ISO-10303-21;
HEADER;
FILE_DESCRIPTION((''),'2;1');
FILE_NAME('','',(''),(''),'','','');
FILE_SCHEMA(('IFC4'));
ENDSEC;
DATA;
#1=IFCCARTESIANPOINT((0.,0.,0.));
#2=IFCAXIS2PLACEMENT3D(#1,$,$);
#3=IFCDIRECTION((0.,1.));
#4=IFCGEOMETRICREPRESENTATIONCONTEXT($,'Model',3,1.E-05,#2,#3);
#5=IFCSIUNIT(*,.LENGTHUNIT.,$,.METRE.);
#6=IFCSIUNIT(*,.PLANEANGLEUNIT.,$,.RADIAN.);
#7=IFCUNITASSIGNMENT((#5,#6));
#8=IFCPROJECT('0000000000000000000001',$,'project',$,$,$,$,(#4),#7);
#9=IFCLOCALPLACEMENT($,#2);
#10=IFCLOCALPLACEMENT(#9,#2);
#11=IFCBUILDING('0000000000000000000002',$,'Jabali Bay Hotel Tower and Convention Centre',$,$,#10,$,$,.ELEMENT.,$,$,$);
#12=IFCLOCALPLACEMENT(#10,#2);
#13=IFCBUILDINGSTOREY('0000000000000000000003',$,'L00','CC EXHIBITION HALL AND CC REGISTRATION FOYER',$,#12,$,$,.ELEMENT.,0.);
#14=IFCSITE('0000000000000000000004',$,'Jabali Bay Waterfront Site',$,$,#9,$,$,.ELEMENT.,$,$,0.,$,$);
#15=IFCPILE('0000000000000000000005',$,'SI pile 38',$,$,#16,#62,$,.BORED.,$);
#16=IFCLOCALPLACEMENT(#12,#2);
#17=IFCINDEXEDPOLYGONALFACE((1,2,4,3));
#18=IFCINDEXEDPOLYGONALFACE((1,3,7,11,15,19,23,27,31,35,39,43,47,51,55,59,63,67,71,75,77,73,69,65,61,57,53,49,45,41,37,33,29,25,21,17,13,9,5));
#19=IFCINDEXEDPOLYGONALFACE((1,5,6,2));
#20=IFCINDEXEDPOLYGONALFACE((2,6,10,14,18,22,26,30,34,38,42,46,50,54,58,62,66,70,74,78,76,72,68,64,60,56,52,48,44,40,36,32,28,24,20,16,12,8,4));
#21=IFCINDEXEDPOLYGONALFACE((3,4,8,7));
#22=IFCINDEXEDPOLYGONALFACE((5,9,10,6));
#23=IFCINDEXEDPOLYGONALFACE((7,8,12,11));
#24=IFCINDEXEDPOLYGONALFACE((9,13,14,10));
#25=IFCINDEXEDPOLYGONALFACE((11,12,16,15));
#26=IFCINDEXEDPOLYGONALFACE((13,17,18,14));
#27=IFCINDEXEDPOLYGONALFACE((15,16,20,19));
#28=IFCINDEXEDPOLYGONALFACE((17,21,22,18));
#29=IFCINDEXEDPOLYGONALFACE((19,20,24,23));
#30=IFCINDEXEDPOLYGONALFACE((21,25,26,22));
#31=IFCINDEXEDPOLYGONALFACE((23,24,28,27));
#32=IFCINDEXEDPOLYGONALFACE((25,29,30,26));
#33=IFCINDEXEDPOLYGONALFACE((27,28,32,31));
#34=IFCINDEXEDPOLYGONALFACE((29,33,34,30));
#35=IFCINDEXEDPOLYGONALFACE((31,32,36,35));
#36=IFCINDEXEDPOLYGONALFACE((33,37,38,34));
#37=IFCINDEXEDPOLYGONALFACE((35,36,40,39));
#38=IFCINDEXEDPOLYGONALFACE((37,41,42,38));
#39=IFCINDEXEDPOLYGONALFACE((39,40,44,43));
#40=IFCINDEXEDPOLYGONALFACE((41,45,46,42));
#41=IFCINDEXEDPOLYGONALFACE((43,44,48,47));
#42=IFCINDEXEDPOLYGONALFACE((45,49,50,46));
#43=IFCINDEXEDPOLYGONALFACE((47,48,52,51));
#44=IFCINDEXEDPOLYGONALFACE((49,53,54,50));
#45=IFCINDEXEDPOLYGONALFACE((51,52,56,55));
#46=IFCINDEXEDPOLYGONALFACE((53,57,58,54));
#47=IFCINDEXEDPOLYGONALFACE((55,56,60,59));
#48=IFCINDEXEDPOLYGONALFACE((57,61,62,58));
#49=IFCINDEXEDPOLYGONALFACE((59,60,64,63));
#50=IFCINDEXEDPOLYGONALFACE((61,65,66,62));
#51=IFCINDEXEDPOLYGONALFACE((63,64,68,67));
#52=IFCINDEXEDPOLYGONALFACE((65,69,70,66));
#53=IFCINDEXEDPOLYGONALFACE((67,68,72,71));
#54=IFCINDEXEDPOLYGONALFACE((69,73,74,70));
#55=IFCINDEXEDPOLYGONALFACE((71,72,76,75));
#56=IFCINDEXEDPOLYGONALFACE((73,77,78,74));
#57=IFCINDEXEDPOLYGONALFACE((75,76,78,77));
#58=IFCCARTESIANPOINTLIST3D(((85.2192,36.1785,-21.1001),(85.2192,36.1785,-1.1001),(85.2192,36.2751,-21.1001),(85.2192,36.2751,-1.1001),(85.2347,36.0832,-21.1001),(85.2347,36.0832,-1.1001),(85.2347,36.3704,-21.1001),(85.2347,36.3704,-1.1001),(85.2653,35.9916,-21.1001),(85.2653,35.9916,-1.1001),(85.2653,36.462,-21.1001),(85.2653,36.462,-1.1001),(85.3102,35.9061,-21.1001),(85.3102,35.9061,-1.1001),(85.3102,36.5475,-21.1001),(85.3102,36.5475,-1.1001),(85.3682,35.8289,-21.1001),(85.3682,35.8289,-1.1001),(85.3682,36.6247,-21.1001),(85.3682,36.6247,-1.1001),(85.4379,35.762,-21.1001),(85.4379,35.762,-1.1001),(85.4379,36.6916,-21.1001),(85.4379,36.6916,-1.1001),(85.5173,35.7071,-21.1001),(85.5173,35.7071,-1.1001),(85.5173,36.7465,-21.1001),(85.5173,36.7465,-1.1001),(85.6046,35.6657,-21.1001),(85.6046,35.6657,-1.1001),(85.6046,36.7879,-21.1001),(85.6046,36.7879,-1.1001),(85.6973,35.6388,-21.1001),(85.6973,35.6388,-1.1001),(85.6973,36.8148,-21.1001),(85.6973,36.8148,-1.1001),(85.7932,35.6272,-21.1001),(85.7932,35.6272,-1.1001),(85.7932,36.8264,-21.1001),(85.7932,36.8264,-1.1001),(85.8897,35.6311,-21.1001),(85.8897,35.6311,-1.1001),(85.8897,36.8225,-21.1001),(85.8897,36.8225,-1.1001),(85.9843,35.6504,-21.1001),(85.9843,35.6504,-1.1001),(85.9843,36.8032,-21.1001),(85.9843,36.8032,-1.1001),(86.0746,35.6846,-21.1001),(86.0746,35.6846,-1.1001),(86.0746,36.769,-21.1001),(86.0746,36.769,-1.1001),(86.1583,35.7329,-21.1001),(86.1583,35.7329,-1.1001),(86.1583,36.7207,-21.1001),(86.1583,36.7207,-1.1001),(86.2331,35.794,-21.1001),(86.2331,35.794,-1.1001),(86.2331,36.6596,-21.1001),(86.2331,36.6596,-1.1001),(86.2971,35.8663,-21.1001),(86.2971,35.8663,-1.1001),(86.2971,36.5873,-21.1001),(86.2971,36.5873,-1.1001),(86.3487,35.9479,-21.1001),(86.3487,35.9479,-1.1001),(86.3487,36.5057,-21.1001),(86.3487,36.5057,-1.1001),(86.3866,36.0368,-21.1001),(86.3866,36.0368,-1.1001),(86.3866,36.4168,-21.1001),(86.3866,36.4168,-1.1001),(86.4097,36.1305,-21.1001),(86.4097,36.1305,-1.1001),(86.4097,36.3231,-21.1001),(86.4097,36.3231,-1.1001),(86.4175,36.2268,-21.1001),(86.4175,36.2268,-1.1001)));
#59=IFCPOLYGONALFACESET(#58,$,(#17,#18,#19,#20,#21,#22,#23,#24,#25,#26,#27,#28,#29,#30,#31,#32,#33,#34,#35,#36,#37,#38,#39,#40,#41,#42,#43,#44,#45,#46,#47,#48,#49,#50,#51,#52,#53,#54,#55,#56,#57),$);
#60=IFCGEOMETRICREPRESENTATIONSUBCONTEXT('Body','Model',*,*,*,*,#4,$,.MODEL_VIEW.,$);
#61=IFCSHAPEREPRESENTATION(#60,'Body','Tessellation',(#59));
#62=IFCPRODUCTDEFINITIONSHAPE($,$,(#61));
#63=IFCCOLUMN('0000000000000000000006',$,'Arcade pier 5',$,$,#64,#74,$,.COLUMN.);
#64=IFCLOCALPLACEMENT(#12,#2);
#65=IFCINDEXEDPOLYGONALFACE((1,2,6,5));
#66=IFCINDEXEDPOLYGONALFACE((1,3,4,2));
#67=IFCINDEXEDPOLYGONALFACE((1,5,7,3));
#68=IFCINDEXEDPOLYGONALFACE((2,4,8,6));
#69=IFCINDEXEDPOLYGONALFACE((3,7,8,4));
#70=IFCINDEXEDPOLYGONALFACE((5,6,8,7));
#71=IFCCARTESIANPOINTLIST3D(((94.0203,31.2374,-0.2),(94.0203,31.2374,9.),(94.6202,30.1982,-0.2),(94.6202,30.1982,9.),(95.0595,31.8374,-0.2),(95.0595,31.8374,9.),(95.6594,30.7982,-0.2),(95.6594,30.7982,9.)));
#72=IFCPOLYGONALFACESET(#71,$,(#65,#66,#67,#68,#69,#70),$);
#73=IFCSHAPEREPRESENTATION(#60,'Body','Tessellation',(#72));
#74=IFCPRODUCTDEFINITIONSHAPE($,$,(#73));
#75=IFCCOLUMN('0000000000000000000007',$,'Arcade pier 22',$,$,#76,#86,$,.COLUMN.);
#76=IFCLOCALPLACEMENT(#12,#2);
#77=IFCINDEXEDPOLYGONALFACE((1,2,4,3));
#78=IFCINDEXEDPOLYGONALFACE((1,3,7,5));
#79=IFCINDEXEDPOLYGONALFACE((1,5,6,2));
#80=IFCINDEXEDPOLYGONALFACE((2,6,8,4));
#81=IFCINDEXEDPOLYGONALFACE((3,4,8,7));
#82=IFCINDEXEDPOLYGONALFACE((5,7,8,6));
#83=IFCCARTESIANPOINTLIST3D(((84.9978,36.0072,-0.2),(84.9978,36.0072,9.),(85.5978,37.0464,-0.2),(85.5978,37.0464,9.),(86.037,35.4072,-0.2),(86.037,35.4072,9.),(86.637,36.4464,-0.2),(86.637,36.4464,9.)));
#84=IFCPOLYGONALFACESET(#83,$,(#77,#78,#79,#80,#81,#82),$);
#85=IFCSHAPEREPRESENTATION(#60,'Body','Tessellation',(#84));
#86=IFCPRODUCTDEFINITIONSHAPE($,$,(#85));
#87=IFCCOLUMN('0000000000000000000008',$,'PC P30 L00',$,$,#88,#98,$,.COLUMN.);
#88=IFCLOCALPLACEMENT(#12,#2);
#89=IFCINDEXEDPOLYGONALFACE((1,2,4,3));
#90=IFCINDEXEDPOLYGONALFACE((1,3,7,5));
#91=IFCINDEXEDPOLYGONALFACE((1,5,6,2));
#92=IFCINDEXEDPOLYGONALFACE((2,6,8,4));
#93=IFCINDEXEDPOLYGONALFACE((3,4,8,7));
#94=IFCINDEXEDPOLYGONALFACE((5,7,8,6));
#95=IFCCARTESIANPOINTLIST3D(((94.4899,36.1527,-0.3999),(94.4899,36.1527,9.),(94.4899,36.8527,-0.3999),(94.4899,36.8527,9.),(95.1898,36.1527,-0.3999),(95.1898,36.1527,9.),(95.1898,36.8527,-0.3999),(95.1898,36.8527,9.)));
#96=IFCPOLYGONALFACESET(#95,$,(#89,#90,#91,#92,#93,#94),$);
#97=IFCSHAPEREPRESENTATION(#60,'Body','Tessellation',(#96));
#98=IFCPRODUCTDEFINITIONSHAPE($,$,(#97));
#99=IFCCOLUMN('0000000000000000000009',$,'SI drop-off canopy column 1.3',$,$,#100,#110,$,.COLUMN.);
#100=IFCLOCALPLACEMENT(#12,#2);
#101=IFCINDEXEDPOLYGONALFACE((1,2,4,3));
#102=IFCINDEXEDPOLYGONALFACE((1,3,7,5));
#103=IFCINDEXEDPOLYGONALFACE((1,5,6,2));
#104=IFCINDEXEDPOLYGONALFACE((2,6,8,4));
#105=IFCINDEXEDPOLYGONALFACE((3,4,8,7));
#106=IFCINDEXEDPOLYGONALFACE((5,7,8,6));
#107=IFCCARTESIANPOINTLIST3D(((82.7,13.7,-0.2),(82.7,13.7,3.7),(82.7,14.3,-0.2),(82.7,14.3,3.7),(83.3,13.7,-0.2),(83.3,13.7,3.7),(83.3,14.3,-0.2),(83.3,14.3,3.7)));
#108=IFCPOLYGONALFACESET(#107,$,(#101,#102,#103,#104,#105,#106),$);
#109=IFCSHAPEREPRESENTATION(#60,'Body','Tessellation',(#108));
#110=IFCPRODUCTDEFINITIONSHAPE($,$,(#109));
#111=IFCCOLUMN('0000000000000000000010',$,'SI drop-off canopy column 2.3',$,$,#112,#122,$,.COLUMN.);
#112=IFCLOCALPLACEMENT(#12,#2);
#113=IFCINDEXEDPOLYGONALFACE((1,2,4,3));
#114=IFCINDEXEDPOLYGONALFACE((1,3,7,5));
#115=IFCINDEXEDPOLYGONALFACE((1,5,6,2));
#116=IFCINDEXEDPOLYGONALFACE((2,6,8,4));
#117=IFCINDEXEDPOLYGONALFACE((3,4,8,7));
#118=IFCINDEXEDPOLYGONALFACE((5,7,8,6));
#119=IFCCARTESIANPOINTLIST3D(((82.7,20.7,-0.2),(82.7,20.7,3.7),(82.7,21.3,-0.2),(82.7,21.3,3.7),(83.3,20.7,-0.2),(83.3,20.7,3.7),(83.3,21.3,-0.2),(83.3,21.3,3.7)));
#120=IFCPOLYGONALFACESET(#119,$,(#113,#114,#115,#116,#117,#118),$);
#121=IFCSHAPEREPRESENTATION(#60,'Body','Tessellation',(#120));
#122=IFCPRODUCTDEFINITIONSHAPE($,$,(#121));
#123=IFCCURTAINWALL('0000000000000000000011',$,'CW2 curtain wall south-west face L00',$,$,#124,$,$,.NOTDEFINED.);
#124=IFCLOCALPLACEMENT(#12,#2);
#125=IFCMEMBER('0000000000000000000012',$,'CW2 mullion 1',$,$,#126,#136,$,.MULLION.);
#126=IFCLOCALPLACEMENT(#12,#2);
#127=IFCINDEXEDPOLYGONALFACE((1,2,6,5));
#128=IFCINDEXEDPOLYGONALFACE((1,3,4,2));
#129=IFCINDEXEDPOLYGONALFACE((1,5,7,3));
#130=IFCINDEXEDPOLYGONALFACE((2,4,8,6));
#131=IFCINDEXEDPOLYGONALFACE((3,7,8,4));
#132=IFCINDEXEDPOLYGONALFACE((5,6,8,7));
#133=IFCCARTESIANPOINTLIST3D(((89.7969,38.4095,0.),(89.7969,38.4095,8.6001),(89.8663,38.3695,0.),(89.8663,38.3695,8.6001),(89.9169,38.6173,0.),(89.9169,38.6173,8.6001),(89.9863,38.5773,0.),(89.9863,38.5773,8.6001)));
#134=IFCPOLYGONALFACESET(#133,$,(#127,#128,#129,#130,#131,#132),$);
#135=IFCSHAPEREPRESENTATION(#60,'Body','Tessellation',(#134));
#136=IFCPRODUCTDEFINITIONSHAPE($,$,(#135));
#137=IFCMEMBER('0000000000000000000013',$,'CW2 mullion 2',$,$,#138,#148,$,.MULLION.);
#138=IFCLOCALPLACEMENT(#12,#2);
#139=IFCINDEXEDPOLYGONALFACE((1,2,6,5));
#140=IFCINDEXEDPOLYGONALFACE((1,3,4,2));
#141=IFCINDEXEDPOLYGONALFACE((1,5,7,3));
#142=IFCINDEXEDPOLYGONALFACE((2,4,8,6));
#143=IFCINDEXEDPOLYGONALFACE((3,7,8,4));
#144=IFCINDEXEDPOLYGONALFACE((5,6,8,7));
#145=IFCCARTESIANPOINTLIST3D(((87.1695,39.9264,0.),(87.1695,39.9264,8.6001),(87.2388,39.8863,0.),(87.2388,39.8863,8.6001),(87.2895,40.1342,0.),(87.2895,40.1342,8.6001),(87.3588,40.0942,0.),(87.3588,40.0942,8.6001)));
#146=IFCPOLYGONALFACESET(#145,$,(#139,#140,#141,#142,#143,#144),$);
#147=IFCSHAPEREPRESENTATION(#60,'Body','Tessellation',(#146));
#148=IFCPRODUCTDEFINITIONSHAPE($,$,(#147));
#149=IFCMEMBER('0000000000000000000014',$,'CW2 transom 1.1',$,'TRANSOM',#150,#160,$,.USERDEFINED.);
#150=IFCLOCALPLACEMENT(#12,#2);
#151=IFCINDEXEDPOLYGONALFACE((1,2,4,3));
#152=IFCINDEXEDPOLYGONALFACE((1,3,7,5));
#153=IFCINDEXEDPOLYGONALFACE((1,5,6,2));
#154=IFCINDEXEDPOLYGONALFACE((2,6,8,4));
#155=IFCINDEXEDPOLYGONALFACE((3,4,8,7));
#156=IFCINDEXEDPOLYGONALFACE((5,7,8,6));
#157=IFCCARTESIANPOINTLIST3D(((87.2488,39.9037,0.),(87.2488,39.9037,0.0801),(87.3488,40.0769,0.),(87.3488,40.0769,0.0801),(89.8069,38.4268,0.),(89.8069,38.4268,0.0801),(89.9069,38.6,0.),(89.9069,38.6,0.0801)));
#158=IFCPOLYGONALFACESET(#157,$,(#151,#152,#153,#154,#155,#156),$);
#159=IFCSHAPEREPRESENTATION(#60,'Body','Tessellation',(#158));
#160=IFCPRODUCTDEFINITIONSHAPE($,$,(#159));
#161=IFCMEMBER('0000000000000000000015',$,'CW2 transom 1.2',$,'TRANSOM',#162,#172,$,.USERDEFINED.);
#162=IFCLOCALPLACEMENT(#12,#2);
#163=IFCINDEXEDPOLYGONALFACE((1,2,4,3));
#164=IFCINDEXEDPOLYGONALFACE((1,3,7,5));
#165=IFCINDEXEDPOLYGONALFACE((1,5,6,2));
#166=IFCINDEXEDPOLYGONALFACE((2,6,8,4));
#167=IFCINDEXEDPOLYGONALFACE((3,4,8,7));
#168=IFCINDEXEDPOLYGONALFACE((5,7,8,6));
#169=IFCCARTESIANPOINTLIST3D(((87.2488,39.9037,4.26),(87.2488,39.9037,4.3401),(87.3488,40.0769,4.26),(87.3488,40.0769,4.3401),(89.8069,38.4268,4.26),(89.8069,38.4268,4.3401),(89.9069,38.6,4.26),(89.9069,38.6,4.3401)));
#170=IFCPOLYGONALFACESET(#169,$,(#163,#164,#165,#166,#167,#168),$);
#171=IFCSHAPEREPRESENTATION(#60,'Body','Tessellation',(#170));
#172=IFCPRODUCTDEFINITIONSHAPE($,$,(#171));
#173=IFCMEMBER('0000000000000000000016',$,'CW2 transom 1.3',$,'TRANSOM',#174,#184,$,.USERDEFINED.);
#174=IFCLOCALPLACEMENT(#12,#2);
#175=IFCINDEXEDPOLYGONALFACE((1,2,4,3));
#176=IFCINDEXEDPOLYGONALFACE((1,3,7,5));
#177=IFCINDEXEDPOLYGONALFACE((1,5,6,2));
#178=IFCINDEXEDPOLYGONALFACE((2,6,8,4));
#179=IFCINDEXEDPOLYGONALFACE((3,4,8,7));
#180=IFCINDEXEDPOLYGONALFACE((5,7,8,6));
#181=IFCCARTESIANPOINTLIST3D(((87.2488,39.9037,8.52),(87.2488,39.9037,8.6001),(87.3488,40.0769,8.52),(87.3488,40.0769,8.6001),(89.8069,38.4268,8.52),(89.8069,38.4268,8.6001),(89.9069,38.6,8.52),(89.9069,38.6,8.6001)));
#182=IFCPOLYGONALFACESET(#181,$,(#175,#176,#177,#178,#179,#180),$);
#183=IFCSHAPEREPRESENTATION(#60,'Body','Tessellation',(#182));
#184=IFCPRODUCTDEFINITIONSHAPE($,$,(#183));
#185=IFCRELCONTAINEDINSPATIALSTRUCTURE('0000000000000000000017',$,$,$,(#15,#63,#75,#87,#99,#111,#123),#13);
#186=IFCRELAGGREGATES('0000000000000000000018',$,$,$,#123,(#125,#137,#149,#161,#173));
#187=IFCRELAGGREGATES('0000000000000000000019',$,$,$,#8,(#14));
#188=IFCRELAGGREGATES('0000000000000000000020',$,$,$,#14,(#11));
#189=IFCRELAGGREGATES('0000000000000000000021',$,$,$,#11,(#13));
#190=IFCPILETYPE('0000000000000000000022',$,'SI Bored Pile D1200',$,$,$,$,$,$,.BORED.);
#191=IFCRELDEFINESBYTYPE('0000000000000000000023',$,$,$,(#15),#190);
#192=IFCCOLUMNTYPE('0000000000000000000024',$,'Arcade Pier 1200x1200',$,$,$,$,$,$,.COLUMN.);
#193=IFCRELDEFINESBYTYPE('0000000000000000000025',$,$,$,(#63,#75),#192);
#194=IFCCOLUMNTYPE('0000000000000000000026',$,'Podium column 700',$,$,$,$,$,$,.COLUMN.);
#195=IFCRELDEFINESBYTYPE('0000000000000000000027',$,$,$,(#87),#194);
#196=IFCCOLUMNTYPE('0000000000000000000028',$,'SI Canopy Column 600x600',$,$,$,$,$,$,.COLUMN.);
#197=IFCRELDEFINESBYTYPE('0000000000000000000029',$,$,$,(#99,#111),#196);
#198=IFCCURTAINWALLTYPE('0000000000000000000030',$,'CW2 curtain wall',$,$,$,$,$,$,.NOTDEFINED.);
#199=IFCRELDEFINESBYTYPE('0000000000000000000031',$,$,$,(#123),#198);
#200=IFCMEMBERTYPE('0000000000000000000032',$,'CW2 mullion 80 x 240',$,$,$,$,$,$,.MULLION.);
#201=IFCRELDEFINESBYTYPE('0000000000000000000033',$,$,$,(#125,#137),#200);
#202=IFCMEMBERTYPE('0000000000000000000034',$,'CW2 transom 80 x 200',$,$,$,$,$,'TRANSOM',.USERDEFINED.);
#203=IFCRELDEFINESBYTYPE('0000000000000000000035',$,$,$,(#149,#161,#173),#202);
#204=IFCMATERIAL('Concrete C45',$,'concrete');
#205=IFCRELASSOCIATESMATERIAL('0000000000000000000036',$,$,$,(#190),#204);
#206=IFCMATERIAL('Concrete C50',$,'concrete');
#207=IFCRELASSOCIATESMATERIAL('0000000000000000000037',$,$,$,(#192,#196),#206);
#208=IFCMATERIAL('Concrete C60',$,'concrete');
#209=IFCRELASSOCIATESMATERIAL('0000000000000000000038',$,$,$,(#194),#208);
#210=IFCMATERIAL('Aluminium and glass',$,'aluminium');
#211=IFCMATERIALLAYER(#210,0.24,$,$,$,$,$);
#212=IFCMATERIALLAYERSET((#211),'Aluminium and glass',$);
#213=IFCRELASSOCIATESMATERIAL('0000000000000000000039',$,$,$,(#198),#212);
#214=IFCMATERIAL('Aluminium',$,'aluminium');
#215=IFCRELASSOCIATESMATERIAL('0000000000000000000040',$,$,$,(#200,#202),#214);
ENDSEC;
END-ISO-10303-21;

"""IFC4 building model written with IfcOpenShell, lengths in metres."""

from ifc_helpers import new_model, si_unit, direction, frame, origin, origin_2d, place, context, subcontext, project, spatial, rectangle, circle, extrude, material, layer, layer_set, material_profile, profile_set, type_object, element, aggregate, save


model = new_model("IFC4")

# Units and contexts
model_context = context("Model", 3, precision=1e-05, world=origin(), true_north=direction((0.0, 1.0)))
body_context = subcontext(model_context, "Body", "Model", "MODEL_VIEW")
ifc_project = project(units=[si_unit("LENGTHUNIT", "METRE"), si_unit("PLANEANGLEUNIT", "RADIAN")], contexts=[model_context])

# Site, building, storey
site_placement = place(None, origin())
site = spatial("IfcSite", under=ifc_project, at=site_placement, Name="Jabali Bay Waterfront Site", CompositionType="ELEMENT", RefElevation=0.0)
building_placement = place(site_placement, origin())
building = spatial("IfcBuilding", under=site, at=building_placement, Name="Jabali Bay Hotel Tower and Convention Centre", CompositionType="ELEMENT")
storey_placement = place(building_placement, origin())
storey = spatial("IfcBuildingStorey", under=building, at=storey_placement, Name="L00", Description="CC EXHIBITION HALL AND CC REGISTRATION FOYER", CompositionType="ELEMENT", Elevation=0.0)

# Pile
ifc_material_1 = material(Name="Concrete C45", Category="concrete")
ifc_material_profile_1 = material_profile(ifc_material_1, circle(Radius=0.6001, at=origin_2d()), Name="D1200")
ifc_profile_set_1 = profile_set([ifc_material_profile_1], Name="Concrete C45")
pile_type_1 = type_object("IfcPileType", Name="SI Bored Pile D1200", PredefinedType="BORED", material=ifc_profile_set_1)
for number, where, z_axis, x_axis, name in (
    (1, (85.8174, 36.2268, -1.1001), (0.0, 0.0, -1.0), (1.0, 0.0, 0.0), "SI pile 38"),
):
    element("IfcPile", number, at=place(storey_placement, frame(where, z_axis=z_axis, x_axis=x_axis)), inside=storey, type_object=pile_type_1, Name=name, PredefinedType="BORED", context=body_context, shape_type="SweptSolid", body=[
        extrude(circle(Radius=0.6001, at=origin_2d()), origin(), (0.0, 0.0, 1.0), 20.0),
    ])

# Columns
ifc_material_2 = material(Name="Concrete C50", Category="concrete")
ifc_material_profile_2 = material_profile(ifc_material_2, rectangle(XDim=1.2, YDim=1.2, at=origin_2d()), Name="RC 1200x1200")
ifc_profile_set_2 = profile_set([ifc_material_profile_2], Name="Concrete C50")
column_type_1 = type_object("IfcColumnType", Name="Arcade Pier 1200x1200", PredefinedType="COLUMN", material=ifc_profile_set_2)
for number, where, z_axis, x_axis, name in (
    (2, (94.8398, 31.0178, -0.2), (0.0, 0.0, 1.0), (0.866025, 0.5, 0.0), "Arcade pier 5"),
    (3, (85.8174, 36.2268, -0.2), (0.0, 0.0, 1.0), (0.866025, -0.5, 0.0), "Arcade pier 22"),
):
    element("IfcColumn", number, at=place(storey_placement, frame(where, z_axis=z_axis, x_axis=x_axis)), inside=storey, type_object=column_type_1, Name=name, PredefinedType="COLUMN", context=body_context, shape_type="SweptSolid", body=[
        extrude(rectangle(XDim=1.2, YDim=1.2, at=origin_2d()), origin(), (0.0, 0.0, 1.0), 9.2),
    ])
ifc_material_3 = material(Name="Concrete C60", Category="concrete")
ifc_material_profile_3 = material_profile(ifc_material_3, rectangle(XDim=0.7, YDim=0.7, at=origin_2d()), Name="Podium column 700")
ifc_profile_set_3 = profile_set([ifc_material_profile_3], Name="Concrete C60")
column_type_2 = type_object("IfcColumnType", Name="Podium column 700", PredefinedType="COLUMN", material=ifc_profile_set_3)
column_placement = place(storey_placement, frame((94.8398, 36.5027, -0.3999), z_axis=(0.0, 0.0, 1.0), x_axis=(1.0, 0.0, 0.0)))
element("IfcColumn", 4, at=column_placement, inside=storey, type_object=column_type_2, Name="PC P30 L00", PredefinedType="COLUMN", context=body_context, shape_type="SweptSolid", body=[
    extrude(rectangle(XDim=0.7, YDim=0.7, at=origin_2d()), origin(), (0.0, 0.0, 1.0), 9.3999),
])
ifc_material_profile_4 = material_profile(ifc_material_2, rectangle(XDim=0.6001, YDim=0.6001, at=origin_2d()), Name="RC 600x600")
ifc_profile_set_4 = profile_set([ifc_material_profile_4], Name="Concrete C50")
column_type_3 = type_object("IfcColumnType", Name="SI Canopy Column 600x600", PredefinedType="COLUMN", material=ifc_profile_set_4)
for number, where, z_axis, x_axis, name in (
    (5, (83.0, 14.0, -0.2), (0.0, 0.0, 1.0), (1.0, 0.0, 0.0), "SI drop-off canopy column 1.3"),
    (6, (83.0, 21.0, -0.2), (0.0, 0.0, 1.0), (1.0, 0.0, 0.0), "SI drop-off canopy column 2.3"),
):
    element("IfcColumn", number, at=place(storey_placement, frame(where, z_axis=z_axis, x_axis=x_axis)), inside=storey, type_object=column_type_3, Name=name, PredefinedType="COLUMN", context=body_context, shape_type="SweptSolid", body=[
        extrude(rectangle(XDim=0.6001, YDim=0.6001, at=origin_2d()), origin(), (0.0, 0.0, 1.0), 3.8999),
    ])

# Curtain wall, members
ifc_material_4 = material(Name="Aluminium and glass", Category="aluminium")
ifc_layer_1 = layer(ifc_material_4, 0.24)
ifc_layer_set_1 = layer_set([ifc_layer_1], Name="Aluminium and glass")
curtain_wall_type = type_object("IfcCurtainWallType", Name="CW2 curtain wall", PredefinedType="NOTDEFINED", material=ifc_layer_set_1)
curtain_wall_placement = place(storey_placement, origin())
curtain_wall = element("IfcCurtainWall", 7, at=curtain_wall_placement, inside=storey, type_object=curtain_wall_type, Name="CW2 curtain wall south-west face L00", PredefinedType="NOTDEFINED")
ifc_material_5 = material(Name="Aluminium", Category="aluminium")
ifc_material_profile_5 = material_profile(ifc_material_5, rectangle(XDim=0.24, YDim=0.0801, at=origin_2d()), Name="CW2 mullion 80 x 240")
ifc_profile_set_5 = profile_set([ifc_material_profile_5], Name="Aluminium")
member_type_1 = type_object("IfcMemberType", Name="CW2 mullion 80 x 240", PredefinedType="MULLION", material=ifc_profile_set_5)
member_1_placement = place(storey_placement, frame((89.8916, 38.4934, 0.0), z_axis=(0.0, 0.0, 1.0), x_axis=(-0.5, -0.866025, 0.0)))
member_1 = element("IfcMember", 8, at=member_1_placement, type_object=member_type_1, Name="CW2 mullion 1", PredefinedType="MULLION", context=body_context, shape_type="SweptSolid", body=[
    extrude(rectangle(XDim=0.24, YDim=0.0801, at=origin_2d()), origin(), (0.0, 0.0, 1.0), 8.6001),
])
member_2_placement = place(storey_placement, frame((87.2642, 40.0103, 0.0), z_axis=(0.0, 0.0, 1.0), x_axis=(-0.5, -0.866025, 0.0)))
member_2 = element("IfcMember", 9, at=member_2_placement, type_object=member_type_1, Name="CW2 mullion 2", PredefinedType="MULLION", context=body_context, shape_type="SweptSolid", body=[
    extrude(rectangle(XDim=0.24, YDim=0.0801, at=origin_2d()), origin(), (0.0, 0.0, 1.0), 8.6001),
])
ifc_material_profile_6 = material_profile(ifc_material_5, rectangle(XDim=0.2, YDim=0.0801, at=origin_2d()), Name="CW2 transom 80 x 200")
ifc_profile_set_6 = profile_set([ifc_material_profile_6], Name="Aluminium")
member_type_2 = type_object("IfcMemberType", Name="CW2 transom 80 x 200", ElementType="TRANSOM", PredefinedType="USERDEFINED", material=ifc_profile_set_6)
member_3_placement = place(storey_placement, frame((89.8569, 38.5134, 0.04), z_axis=(-0.866042, 0.49997, 0.0), x_axis=(-0.49997, -0.866042, 0.0)))
member_3 = element("IfcMember", 10, at=member_3_placement, type_object=member_type_2, Name="CW2 transom 1.1", ObjectType="TRANSOM", PredefinedType="USERDEFINED", context=body_context, shape_type="SweptSolid", body=[
    extrude(rectangle(XDim=0.2, YDim=0.0801, at=origin_2d()), origin(), (0.0, 0.0, 1.0), 2.9539),
])
member_4_placement = place(storey_placement, frame((89.8569, 38.5134, 4.3), z_axis=(-0.866042, 0.49997, 0.0), x_axis=(-0.49997, -0.866042, 0.0)))
member_4 = element("IfcMember", 11, at=member_4_placement, type_object=member_type_2, Name="CW2 transom 1.2", ObjectType="TRANSOM", PredefinedType="USERDEFINED", context=body_context, shape_type="SweptSolid", body=[
    extrude(rectangle(XDim=0.2, YDim=0.0801, at=origin_2d()), origin(), (0.0, 0.0, 1.0), 2.9539),
])
member_5_placement = place(storey_placement, frame((89.8569, 38.5134, 8.5601), z_axis=(-0.866042, 0.49997, 0.0), x_axis=(-0.49997, -0.866042, 0.0)))
member_5 = element("IfcMember", 12, at=member_5_placement, type_object=member_type_2, Name="CW2 transom 1.3", ObjectType="TRANSOM", PredefinedType="USERDEFINED", context=body_context, shape_type="SweptSolid", body=[
    extrude(rectangle(XDim=0.2, YDim=0.0801, at=origin_2d()), origin(), (0.0, 0.0, 1.0), 2.9539),
])

aggregate(curtain_wall, [member_1, member_2, member_3, member_4, member_5])

save(model, "model.ifc")
